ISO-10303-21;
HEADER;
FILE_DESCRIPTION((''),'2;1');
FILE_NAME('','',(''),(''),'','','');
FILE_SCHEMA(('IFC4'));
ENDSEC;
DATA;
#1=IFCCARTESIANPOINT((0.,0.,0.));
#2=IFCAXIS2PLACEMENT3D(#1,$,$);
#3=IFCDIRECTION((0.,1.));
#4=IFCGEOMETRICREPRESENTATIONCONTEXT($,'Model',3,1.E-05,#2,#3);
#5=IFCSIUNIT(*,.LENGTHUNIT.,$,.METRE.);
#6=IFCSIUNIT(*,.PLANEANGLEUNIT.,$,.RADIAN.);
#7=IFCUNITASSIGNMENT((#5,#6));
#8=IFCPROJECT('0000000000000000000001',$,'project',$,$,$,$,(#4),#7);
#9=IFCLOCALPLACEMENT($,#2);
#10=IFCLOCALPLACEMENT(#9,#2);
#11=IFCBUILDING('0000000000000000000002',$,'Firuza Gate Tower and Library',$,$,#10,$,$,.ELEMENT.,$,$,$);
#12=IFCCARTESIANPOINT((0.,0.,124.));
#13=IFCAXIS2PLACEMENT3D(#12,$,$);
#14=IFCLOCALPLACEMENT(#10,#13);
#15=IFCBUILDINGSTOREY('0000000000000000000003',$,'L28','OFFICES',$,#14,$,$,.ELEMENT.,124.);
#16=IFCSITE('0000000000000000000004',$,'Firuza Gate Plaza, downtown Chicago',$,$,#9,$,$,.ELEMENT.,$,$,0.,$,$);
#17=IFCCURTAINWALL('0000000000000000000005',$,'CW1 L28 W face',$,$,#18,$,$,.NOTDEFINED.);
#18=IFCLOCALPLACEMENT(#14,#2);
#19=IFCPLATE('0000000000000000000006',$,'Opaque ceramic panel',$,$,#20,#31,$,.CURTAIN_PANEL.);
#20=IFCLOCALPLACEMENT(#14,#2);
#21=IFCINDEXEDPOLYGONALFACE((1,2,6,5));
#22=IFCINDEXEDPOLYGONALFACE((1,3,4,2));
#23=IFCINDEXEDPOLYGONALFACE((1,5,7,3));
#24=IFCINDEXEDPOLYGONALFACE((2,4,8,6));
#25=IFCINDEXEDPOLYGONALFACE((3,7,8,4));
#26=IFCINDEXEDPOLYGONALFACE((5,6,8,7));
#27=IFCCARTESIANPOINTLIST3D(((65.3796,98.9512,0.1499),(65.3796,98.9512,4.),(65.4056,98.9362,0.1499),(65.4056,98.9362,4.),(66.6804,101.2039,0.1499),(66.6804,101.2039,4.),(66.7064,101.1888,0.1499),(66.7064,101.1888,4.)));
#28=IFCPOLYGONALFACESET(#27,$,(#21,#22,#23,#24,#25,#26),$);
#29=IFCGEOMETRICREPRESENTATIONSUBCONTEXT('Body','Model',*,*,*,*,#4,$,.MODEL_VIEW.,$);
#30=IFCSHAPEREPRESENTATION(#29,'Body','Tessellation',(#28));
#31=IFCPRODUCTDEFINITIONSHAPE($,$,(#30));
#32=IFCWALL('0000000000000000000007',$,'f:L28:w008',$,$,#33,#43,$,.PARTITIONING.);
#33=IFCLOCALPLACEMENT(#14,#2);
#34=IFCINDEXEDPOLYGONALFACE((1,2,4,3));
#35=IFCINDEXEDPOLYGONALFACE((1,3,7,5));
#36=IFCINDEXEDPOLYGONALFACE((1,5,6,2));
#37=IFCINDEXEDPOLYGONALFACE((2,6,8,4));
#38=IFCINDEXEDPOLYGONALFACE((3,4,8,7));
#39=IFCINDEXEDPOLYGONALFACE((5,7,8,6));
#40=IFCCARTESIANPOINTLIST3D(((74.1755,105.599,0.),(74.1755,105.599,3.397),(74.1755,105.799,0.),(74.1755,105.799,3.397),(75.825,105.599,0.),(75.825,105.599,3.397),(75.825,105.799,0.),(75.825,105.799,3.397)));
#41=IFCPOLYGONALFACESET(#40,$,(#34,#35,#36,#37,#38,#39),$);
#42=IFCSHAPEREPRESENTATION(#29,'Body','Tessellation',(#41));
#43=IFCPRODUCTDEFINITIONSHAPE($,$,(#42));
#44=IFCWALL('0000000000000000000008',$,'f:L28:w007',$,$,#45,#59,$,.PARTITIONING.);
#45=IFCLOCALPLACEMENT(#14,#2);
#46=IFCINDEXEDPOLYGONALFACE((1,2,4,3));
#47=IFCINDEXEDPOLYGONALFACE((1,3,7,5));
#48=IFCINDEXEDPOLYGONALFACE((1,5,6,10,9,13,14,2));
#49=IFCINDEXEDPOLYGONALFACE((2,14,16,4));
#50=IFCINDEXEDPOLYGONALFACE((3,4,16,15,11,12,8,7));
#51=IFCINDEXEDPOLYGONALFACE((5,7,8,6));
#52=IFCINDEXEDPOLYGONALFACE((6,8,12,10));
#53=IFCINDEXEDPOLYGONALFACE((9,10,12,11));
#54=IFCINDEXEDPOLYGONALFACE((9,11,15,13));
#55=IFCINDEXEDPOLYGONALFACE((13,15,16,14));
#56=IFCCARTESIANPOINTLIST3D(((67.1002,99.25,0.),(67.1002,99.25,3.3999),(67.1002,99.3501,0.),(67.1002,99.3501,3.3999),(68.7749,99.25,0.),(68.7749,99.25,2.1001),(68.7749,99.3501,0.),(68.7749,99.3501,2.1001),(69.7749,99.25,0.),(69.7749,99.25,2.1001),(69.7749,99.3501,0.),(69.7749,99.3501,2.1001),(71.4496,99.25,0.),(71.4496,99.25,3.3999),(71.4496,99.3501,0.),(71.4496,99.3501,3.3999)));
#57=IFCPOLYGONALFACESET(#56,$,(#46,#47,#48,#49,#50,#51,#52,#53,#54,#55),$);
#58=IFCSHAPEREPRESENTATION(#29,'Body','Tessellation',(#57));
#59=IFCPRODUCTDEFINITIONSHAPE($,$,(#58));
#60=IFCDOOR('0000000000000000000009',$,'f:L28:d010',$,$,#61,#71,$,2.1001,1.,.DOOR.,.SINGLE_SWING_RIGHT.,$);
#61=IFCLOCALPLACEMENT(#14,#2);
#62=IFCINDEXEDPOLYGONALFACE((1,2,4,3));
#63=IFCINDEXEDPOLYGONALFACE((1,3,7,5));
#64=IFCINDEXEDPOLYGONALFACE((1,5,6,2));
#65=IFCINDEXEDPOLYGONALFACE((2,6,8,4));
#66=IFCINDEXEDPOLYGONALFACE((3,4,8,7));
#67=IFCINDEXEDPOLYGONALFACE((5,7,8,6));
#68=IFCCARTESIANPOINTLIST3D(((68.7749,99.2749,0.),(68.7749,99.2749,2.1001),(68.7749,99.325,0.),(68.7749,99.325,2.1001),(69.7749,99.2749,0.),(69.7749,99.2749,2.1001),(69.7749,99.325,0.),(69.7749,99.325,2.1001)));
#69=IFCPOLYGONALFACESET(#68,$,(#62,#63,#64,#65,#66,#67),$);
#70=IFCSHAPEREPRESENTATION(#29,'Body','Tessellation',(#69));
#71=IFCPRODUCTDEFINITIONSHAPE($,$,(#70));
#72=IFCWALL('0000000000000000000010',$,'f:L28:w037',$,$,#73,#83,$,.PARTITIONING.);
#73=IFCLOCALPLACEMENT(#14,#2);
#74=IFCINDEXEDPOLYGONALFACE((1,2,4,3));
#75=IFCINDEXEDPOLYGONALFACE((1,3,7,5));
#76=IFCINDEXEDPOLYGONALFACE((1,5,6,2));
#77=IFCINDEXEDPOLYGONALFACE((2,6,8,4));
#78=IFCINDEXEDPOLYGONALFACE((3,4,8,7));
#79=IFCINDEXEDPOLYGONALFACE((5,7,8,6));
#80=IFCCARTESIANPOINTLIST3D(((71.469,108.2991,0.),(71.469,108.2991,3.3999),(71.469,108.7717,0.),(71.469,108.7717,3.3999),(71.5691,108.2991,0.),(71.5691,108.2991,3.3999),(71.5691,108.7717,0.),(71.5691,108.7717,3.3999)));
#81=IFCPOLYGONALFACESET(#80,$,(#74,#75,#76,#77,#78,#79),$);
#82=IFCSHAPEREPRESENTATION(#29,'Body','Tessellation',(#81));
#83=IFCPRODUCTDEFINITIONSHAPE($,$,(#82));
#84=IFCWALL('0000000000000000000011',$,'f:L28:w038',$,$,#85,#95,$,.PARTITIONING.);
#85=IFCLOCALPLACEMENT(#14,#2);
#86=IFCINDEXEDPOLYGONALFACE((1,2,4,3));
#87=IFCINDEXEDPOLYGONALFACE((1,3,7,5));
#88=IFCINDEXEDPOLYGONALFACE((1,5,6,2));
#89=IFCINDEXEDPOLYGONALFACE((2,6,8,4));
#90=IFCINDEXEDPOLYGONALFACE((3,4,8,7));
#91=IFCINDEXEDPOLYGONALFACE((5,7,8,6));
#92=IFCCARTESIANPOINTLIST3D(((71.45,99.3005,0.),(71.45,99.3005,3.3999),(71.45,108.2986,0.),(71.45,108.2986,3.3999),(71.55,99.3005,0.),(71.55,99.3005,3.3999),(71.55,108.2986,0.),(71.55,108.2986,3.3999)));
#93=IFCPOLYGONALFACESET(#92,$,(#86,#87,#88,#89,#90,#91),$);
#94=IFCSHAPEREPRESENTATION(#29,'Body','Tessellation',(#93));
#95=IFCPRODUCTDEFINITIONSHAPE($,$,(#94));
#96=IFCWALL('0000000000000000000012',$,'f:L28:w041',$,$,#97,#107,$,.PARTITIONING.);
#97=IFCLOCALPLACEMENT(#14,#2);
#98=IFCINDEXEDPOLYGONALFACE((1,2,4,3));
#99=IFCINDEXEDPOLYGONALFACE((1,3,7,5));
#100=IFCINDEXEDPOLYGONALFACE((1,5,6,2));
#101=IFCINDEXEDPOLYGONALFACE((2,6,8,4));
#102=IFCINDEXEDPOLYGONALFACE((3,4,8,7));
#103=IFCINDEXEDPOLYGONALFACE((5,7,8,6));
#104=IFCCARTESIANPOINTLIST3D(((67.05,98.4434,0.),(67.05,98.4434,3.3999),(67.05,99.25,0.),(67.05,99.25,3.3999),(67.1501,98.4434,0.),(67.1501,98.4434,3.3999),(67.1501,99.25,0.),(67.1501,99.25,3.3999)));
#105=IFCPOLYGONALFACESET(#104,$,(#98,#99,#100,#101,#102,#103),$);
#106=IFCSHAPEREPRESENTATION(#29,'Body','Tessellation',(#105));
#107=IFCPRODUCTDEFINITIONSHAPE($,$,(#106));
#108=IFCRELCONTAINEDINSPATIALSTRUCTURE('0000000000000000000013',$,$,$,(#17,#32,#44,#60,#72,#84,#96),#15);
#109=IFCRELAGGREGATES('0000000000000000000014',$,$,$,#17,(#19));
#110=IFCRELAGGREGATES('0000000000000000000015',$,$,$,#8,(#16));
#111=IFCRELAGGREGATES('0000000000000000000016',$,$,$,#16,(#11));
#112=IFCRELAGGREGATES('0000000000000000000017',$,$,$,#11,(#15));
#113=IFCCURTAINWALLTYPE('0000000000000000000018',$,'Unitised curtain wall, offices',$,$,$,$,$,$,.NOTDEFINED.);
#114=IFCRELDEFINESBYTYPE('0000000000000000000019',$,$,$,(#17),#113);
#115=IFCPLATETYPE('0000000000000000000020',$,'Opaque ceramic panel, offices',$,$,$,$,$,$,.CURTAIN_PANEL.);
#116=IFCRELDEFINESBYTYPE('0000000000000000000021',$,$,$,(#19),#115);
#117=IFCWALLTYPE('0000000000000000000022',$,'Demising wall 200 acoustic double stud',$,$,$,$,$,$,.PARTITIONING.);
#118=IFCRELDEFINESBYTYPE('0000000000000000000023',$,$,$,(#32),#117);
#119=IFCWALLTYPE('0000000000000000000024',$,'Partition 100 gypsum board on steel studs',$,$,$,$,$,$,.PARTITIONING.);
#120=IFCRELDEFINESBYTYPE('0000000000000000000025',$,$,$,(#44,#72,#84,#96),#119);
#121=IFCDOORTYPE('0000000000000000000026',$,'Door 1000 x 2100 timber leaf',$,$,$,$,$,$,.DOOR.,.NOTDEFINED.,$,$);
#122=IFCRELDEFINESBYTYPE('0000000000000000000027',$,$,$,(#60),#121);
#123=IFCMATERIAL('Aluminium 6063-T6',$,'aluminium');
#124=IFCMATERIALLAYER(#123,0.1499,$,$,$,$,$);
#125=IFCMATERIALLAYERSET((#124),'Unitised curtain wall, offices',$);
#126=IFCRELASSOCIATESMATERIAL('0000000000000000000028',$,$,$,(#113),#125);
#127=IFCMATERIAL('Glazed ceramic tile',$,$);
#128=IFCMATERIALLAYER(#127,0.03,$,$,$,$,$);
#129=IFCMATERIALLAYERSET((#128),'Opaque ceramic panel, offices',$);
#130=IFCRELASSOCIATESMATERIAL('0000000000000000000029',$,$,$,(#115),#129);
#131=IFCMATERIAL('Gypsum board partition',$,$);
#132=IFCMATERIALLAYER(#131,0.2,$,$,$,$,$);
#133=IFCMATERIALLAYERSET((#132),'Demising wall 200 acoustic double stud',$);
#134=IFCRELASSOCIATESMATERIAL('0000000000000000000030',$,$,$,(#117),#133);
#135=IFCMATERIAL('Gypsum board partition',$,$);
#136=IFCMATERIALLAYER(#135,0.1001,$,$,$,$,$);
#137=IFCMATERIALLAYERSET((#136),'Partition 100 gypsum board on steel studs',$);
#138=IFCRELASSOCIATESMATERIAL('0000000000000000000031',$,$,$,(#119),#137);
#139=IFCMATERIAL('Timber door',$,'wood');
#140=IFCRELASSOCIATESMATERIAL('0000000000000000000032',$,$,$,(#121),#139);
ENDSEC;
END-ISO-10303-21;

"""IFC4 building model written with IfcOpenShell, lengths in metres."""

from ifc_helpers import new_model, si_unit, direction, frame, frame_2d, origin, place, context, subcontext, project, spatial, polyline, rectangle, outline, extrude, material, layer, layer_set, type_object, element, fill, aggregate, save


model = new_model("IFC4")

# Units and contexts
model_context = context("Model", 3, precision=1e-05, world=origin(), true_north=direction((0.0, 1.0)))
body_context = subcontext(model_context, "Body", "Model", "MODEL_VIEW")
ifc_project = project(units=[si_unit("LENGTHUNIT", "METRE"), si_unit("PLANEANGLEUNIT", "RADIAN")], contexts=[model_context])

# Site, building, storey
site_placement = place(None, origin())
site = spatial("IfcSite", under=ifc_project, at=site_placement, Name="Firuza Gate Plaza, downtown Chicago", CompositionType="ELEMENT", RefElevation=0.0)
building_placement = place(site_placement, origin())
building = spatial("IfcBuilding", under=site, at=building_placement, Name="Firuza Gate Tower and Library", CompositionType="ELEMENT")
storey_placement = place(building_placement, frame((0.0, 0.0, 124.0)))
storey = spatial("IfcBuildingStorey", under=building, at=storey_placement, Name="L28", Description="OFFICES", CompositionType="ELEMENT", Elevation=124.0)

# Curtain wall
ifc_material_1 = material(Name="Aluminium 6063-T6", Category="aluminium")
ifc_layer_1 = layer(ifc_material_1, 0.1499)
ifc_layer_set_1 = layer_set([ifc_layer_1], Name="Unitised curtain wall, offices")
curtain_wall_type_1 = type_object("IfcCurtainWallType", Name="Unitised curtain wall, offices", PredefinedType="NOTDEFINED", material=ifc_layer_set_1)
placement = place(storey_placement, origin())
curtain_wall_1 = element("IfcCurtainWall", 1, at=placement, inside=storey, type_object=curtain_wall_type_1, Name="CW1 L28 W face", PredefinedType="NOTDEFINED")

# Plate
ifc_material_2 = material(Name="Glazed ceramic tile")
ifc_layer_2 = layer(ifc_material_2, 0.03)
ifc_layer_set_2 = layer_set([ifc_layer_2], Name="Opaque ceramic panel, offices")
plate_type_1 = type_object("IfcPlateType", Name="Opaque ceramic panel, offices", PredefinedType="CURTAIN_PANEL", material=ifc_layer_set_2)
plate_1_placement = place(storey_placement, frame((66.6804, 101.2039, 0.1499), z_axis=(-0.865993, 0.500056, 0.0), x_axis=(-0.500056, -0.865993, 0.0)))
plate_1 = element("IfcPlate", 2, at=plate_1_placement, type_object=plate_type_1, Name="Opaque ceramic panel", PredefinedType="CURTAIN_PANEL", context=body_context, shape_type="SweptSolid", body=[
    extrude(outline(polyline([(0.0, 0.0), (2.6013, 0.0), (2.6013, 3.8501), (0.0, 3.8501), (0.0, 0.0)])), origin(), (0.0, 0.0, -1.0), 0.03),
])
aggregate(curtain_wall_1, [plate_1])

# Wall
ifc_material_3 = material(Name="Gypsum board partition")
ifc_layer_3 = layer(ifc_material_3, 0.2)
ifc_layer_set_3 = layer_set([ifc_layer_3], Name="Demising wall 200 acoustic double stud")
wall_type_1 = type_object("IfcWallType", Name="Demising wall 200 acoustic double stud", PredefinedType="PARTITIONING", material=ifc_layer_set_3)
wall_1_placement = place(storey_placement, frame((74.1755, 105.699, 0.0), z_axis=(0.0, 0.0, 1.0), x_axis=(1.0, 0.0, 0.0)))
element("IfcWall", 3, at=wall_1_placement, inside=storey, type_object=wall_type_1, Name="f:L28:w008", PredefinedType="PARTITIONING", context=body_context, shape_type="SweptSolid", body=[
    extrude(rectangle(XDim=1.6494, YDim=0.2, at=frame_2d((0.8247, 0.0))), origin(), (0.0, 0.0, 1.0), 3.397),
])

# Wall, opening, door
ifc_material_4 = material(Name="Gypsum board partition")
ifc_layer_4 = layer(ifc_material_4, 0.1001)
ifc_layer_set_4 = layer_set([ifc_layer_4], Name="Partition 100 gypsum board on steel studs")
wall_type_2 = type_object("IfcWallType", Name="Partition 100 gypsum board on steel studs", PredefinedType="PARTITIONING", material=ifc_layer_set_4)
wall_2_placement = place(storey_placement, frame((67.1001, 99.3, 0.0), z_axis=(0.0, 0.0, 1.0), x_axis=(1.0, 0.0, 0.0)))
wall_2 = element("IfcWall", 4, at=wall_2_placement, inside=storey, type_object=wall_type_2, Name="f:L28:w007", PredefinedType="PARTITIONING", context=body_context, shape_type="SweptSolid", body=[
    extrude(rectangle(XDim=4.3494, YDim=0.1001, at=frame_2d((2.1748, 0.0))), origin(), (0.0, 0.0, 1.0), 3.3999),
])
opening_placement = place(wall_2_placement, frame((1.6748, 0.0, 0.0)))
opening = element("IfcOpeningElement", 5, at=opening_placement, cuts=wall_2, PredefinedType="OPENING", context=body_context, shape_type="SweptSolid", body=[
    extrude(rectangle(XDim=1.0, YDim=2.1001, at=frame_2d((0.5, 1.05))), frame((0.0, 0.0601, 0.0), z_axis=(0.0, -1.0, 0.0), x_axis=(1.0, 0.0, 0.0)), (0.0, 0.0, 1.0), 0.1201),
])
ifc_material_5 = material(Name="Timber door", Category="wood")
door_type = type_object("IfcDoorType", Name="Door 1000 x 2100 timber leaf", OperationType="NOTDEFINED", PredefinedType="DOOR", material=ifc_material_5)
door_placement = place(opening_placement, origin())
door = element("IfcDoor", 6, at=door_placement, inside=storey, type_object=door_type, Name="f:L28:d010", OperationType="SINGLE_SWING_RIGHT", OverallHeight=2.1001, OverallWidth=1.0, PredefinedType="DOOR", context=body_context, shape_type="SweptSolid", body=[
    extrude(rectangle(XDim=1.0, YDim=2.1001, at=frame_2d((0.5, 1.05))), frame((0.0, 0.0249, 0.0), z_axis=(0.0, -1.0, 0.0), x_axis=(1.0, 0.0, 0.0)), (0.0, 0.0, 1.0), 0.05),
])
fill(opening, door)

# Walls
wall_3_placement = place(storey_placement, frame((71.519, 108.2991, 0.0), z_axis=(0.0, 0.0, 1.0), x_axis=(0.0, 1.0, 0.0)))
element("IfcWall", 7, at=wall_3_placement, inside=storey, type_object=wall_type_2, Name="f:L28:w037", PredefinedType="PARTITIONING", context=body_context, shape_type="SweptSolid", body=[
    extrude(rectangle(XDim=0.4727, YDim=0.1001, at=frame_2d((0.2363, 0.0))), origin(), (0.0, 0.0, 1.0), 3.3999),
])
wall_4_placement = place(storey_placement, frame((71.5, 99.3005, 0.0), z_axis=(0.0, 0.0, 1.0), x_axis=(0.0, 1.0, 0.0)))
element("IfcWall", 8, at=wall_4_placement, inside=storey, type_object=wall_type_2, Name="f:L28:w038", PredefinedType="PARTITIONING", context=body_context, shape_type="SweptSolid", body=[
    extrude(rectangle(XDim=8.998, YDim=0.1001, at=frame_2d((4.499, 0.0))), origin(), (0.0, 0.0, 1.0), 3.3999),
])
wall_5_placement = place(storey_placement, frame((67.1001, 98.4434, 0.0), z_axis=(0.0, 0.0, 1.0), x_axis=(0.0, 1.0, 0.0)))
element("IfcWall", 9, at=wall_5_placement, inside=storey, type_object=wall_type_2, Name="f:L28:w041", PredefinedType="PARTITIONING", context=body_context, shape_type="SweptSolid", body=[
    extrude(rectangle(XDim=0.8066, YDim=0.1001, at=frame_2d((0.4033, 0.0))), origin(), (0.0, 0.0, 1.0), 3.3999),
])

save(model, "model.ifc")
